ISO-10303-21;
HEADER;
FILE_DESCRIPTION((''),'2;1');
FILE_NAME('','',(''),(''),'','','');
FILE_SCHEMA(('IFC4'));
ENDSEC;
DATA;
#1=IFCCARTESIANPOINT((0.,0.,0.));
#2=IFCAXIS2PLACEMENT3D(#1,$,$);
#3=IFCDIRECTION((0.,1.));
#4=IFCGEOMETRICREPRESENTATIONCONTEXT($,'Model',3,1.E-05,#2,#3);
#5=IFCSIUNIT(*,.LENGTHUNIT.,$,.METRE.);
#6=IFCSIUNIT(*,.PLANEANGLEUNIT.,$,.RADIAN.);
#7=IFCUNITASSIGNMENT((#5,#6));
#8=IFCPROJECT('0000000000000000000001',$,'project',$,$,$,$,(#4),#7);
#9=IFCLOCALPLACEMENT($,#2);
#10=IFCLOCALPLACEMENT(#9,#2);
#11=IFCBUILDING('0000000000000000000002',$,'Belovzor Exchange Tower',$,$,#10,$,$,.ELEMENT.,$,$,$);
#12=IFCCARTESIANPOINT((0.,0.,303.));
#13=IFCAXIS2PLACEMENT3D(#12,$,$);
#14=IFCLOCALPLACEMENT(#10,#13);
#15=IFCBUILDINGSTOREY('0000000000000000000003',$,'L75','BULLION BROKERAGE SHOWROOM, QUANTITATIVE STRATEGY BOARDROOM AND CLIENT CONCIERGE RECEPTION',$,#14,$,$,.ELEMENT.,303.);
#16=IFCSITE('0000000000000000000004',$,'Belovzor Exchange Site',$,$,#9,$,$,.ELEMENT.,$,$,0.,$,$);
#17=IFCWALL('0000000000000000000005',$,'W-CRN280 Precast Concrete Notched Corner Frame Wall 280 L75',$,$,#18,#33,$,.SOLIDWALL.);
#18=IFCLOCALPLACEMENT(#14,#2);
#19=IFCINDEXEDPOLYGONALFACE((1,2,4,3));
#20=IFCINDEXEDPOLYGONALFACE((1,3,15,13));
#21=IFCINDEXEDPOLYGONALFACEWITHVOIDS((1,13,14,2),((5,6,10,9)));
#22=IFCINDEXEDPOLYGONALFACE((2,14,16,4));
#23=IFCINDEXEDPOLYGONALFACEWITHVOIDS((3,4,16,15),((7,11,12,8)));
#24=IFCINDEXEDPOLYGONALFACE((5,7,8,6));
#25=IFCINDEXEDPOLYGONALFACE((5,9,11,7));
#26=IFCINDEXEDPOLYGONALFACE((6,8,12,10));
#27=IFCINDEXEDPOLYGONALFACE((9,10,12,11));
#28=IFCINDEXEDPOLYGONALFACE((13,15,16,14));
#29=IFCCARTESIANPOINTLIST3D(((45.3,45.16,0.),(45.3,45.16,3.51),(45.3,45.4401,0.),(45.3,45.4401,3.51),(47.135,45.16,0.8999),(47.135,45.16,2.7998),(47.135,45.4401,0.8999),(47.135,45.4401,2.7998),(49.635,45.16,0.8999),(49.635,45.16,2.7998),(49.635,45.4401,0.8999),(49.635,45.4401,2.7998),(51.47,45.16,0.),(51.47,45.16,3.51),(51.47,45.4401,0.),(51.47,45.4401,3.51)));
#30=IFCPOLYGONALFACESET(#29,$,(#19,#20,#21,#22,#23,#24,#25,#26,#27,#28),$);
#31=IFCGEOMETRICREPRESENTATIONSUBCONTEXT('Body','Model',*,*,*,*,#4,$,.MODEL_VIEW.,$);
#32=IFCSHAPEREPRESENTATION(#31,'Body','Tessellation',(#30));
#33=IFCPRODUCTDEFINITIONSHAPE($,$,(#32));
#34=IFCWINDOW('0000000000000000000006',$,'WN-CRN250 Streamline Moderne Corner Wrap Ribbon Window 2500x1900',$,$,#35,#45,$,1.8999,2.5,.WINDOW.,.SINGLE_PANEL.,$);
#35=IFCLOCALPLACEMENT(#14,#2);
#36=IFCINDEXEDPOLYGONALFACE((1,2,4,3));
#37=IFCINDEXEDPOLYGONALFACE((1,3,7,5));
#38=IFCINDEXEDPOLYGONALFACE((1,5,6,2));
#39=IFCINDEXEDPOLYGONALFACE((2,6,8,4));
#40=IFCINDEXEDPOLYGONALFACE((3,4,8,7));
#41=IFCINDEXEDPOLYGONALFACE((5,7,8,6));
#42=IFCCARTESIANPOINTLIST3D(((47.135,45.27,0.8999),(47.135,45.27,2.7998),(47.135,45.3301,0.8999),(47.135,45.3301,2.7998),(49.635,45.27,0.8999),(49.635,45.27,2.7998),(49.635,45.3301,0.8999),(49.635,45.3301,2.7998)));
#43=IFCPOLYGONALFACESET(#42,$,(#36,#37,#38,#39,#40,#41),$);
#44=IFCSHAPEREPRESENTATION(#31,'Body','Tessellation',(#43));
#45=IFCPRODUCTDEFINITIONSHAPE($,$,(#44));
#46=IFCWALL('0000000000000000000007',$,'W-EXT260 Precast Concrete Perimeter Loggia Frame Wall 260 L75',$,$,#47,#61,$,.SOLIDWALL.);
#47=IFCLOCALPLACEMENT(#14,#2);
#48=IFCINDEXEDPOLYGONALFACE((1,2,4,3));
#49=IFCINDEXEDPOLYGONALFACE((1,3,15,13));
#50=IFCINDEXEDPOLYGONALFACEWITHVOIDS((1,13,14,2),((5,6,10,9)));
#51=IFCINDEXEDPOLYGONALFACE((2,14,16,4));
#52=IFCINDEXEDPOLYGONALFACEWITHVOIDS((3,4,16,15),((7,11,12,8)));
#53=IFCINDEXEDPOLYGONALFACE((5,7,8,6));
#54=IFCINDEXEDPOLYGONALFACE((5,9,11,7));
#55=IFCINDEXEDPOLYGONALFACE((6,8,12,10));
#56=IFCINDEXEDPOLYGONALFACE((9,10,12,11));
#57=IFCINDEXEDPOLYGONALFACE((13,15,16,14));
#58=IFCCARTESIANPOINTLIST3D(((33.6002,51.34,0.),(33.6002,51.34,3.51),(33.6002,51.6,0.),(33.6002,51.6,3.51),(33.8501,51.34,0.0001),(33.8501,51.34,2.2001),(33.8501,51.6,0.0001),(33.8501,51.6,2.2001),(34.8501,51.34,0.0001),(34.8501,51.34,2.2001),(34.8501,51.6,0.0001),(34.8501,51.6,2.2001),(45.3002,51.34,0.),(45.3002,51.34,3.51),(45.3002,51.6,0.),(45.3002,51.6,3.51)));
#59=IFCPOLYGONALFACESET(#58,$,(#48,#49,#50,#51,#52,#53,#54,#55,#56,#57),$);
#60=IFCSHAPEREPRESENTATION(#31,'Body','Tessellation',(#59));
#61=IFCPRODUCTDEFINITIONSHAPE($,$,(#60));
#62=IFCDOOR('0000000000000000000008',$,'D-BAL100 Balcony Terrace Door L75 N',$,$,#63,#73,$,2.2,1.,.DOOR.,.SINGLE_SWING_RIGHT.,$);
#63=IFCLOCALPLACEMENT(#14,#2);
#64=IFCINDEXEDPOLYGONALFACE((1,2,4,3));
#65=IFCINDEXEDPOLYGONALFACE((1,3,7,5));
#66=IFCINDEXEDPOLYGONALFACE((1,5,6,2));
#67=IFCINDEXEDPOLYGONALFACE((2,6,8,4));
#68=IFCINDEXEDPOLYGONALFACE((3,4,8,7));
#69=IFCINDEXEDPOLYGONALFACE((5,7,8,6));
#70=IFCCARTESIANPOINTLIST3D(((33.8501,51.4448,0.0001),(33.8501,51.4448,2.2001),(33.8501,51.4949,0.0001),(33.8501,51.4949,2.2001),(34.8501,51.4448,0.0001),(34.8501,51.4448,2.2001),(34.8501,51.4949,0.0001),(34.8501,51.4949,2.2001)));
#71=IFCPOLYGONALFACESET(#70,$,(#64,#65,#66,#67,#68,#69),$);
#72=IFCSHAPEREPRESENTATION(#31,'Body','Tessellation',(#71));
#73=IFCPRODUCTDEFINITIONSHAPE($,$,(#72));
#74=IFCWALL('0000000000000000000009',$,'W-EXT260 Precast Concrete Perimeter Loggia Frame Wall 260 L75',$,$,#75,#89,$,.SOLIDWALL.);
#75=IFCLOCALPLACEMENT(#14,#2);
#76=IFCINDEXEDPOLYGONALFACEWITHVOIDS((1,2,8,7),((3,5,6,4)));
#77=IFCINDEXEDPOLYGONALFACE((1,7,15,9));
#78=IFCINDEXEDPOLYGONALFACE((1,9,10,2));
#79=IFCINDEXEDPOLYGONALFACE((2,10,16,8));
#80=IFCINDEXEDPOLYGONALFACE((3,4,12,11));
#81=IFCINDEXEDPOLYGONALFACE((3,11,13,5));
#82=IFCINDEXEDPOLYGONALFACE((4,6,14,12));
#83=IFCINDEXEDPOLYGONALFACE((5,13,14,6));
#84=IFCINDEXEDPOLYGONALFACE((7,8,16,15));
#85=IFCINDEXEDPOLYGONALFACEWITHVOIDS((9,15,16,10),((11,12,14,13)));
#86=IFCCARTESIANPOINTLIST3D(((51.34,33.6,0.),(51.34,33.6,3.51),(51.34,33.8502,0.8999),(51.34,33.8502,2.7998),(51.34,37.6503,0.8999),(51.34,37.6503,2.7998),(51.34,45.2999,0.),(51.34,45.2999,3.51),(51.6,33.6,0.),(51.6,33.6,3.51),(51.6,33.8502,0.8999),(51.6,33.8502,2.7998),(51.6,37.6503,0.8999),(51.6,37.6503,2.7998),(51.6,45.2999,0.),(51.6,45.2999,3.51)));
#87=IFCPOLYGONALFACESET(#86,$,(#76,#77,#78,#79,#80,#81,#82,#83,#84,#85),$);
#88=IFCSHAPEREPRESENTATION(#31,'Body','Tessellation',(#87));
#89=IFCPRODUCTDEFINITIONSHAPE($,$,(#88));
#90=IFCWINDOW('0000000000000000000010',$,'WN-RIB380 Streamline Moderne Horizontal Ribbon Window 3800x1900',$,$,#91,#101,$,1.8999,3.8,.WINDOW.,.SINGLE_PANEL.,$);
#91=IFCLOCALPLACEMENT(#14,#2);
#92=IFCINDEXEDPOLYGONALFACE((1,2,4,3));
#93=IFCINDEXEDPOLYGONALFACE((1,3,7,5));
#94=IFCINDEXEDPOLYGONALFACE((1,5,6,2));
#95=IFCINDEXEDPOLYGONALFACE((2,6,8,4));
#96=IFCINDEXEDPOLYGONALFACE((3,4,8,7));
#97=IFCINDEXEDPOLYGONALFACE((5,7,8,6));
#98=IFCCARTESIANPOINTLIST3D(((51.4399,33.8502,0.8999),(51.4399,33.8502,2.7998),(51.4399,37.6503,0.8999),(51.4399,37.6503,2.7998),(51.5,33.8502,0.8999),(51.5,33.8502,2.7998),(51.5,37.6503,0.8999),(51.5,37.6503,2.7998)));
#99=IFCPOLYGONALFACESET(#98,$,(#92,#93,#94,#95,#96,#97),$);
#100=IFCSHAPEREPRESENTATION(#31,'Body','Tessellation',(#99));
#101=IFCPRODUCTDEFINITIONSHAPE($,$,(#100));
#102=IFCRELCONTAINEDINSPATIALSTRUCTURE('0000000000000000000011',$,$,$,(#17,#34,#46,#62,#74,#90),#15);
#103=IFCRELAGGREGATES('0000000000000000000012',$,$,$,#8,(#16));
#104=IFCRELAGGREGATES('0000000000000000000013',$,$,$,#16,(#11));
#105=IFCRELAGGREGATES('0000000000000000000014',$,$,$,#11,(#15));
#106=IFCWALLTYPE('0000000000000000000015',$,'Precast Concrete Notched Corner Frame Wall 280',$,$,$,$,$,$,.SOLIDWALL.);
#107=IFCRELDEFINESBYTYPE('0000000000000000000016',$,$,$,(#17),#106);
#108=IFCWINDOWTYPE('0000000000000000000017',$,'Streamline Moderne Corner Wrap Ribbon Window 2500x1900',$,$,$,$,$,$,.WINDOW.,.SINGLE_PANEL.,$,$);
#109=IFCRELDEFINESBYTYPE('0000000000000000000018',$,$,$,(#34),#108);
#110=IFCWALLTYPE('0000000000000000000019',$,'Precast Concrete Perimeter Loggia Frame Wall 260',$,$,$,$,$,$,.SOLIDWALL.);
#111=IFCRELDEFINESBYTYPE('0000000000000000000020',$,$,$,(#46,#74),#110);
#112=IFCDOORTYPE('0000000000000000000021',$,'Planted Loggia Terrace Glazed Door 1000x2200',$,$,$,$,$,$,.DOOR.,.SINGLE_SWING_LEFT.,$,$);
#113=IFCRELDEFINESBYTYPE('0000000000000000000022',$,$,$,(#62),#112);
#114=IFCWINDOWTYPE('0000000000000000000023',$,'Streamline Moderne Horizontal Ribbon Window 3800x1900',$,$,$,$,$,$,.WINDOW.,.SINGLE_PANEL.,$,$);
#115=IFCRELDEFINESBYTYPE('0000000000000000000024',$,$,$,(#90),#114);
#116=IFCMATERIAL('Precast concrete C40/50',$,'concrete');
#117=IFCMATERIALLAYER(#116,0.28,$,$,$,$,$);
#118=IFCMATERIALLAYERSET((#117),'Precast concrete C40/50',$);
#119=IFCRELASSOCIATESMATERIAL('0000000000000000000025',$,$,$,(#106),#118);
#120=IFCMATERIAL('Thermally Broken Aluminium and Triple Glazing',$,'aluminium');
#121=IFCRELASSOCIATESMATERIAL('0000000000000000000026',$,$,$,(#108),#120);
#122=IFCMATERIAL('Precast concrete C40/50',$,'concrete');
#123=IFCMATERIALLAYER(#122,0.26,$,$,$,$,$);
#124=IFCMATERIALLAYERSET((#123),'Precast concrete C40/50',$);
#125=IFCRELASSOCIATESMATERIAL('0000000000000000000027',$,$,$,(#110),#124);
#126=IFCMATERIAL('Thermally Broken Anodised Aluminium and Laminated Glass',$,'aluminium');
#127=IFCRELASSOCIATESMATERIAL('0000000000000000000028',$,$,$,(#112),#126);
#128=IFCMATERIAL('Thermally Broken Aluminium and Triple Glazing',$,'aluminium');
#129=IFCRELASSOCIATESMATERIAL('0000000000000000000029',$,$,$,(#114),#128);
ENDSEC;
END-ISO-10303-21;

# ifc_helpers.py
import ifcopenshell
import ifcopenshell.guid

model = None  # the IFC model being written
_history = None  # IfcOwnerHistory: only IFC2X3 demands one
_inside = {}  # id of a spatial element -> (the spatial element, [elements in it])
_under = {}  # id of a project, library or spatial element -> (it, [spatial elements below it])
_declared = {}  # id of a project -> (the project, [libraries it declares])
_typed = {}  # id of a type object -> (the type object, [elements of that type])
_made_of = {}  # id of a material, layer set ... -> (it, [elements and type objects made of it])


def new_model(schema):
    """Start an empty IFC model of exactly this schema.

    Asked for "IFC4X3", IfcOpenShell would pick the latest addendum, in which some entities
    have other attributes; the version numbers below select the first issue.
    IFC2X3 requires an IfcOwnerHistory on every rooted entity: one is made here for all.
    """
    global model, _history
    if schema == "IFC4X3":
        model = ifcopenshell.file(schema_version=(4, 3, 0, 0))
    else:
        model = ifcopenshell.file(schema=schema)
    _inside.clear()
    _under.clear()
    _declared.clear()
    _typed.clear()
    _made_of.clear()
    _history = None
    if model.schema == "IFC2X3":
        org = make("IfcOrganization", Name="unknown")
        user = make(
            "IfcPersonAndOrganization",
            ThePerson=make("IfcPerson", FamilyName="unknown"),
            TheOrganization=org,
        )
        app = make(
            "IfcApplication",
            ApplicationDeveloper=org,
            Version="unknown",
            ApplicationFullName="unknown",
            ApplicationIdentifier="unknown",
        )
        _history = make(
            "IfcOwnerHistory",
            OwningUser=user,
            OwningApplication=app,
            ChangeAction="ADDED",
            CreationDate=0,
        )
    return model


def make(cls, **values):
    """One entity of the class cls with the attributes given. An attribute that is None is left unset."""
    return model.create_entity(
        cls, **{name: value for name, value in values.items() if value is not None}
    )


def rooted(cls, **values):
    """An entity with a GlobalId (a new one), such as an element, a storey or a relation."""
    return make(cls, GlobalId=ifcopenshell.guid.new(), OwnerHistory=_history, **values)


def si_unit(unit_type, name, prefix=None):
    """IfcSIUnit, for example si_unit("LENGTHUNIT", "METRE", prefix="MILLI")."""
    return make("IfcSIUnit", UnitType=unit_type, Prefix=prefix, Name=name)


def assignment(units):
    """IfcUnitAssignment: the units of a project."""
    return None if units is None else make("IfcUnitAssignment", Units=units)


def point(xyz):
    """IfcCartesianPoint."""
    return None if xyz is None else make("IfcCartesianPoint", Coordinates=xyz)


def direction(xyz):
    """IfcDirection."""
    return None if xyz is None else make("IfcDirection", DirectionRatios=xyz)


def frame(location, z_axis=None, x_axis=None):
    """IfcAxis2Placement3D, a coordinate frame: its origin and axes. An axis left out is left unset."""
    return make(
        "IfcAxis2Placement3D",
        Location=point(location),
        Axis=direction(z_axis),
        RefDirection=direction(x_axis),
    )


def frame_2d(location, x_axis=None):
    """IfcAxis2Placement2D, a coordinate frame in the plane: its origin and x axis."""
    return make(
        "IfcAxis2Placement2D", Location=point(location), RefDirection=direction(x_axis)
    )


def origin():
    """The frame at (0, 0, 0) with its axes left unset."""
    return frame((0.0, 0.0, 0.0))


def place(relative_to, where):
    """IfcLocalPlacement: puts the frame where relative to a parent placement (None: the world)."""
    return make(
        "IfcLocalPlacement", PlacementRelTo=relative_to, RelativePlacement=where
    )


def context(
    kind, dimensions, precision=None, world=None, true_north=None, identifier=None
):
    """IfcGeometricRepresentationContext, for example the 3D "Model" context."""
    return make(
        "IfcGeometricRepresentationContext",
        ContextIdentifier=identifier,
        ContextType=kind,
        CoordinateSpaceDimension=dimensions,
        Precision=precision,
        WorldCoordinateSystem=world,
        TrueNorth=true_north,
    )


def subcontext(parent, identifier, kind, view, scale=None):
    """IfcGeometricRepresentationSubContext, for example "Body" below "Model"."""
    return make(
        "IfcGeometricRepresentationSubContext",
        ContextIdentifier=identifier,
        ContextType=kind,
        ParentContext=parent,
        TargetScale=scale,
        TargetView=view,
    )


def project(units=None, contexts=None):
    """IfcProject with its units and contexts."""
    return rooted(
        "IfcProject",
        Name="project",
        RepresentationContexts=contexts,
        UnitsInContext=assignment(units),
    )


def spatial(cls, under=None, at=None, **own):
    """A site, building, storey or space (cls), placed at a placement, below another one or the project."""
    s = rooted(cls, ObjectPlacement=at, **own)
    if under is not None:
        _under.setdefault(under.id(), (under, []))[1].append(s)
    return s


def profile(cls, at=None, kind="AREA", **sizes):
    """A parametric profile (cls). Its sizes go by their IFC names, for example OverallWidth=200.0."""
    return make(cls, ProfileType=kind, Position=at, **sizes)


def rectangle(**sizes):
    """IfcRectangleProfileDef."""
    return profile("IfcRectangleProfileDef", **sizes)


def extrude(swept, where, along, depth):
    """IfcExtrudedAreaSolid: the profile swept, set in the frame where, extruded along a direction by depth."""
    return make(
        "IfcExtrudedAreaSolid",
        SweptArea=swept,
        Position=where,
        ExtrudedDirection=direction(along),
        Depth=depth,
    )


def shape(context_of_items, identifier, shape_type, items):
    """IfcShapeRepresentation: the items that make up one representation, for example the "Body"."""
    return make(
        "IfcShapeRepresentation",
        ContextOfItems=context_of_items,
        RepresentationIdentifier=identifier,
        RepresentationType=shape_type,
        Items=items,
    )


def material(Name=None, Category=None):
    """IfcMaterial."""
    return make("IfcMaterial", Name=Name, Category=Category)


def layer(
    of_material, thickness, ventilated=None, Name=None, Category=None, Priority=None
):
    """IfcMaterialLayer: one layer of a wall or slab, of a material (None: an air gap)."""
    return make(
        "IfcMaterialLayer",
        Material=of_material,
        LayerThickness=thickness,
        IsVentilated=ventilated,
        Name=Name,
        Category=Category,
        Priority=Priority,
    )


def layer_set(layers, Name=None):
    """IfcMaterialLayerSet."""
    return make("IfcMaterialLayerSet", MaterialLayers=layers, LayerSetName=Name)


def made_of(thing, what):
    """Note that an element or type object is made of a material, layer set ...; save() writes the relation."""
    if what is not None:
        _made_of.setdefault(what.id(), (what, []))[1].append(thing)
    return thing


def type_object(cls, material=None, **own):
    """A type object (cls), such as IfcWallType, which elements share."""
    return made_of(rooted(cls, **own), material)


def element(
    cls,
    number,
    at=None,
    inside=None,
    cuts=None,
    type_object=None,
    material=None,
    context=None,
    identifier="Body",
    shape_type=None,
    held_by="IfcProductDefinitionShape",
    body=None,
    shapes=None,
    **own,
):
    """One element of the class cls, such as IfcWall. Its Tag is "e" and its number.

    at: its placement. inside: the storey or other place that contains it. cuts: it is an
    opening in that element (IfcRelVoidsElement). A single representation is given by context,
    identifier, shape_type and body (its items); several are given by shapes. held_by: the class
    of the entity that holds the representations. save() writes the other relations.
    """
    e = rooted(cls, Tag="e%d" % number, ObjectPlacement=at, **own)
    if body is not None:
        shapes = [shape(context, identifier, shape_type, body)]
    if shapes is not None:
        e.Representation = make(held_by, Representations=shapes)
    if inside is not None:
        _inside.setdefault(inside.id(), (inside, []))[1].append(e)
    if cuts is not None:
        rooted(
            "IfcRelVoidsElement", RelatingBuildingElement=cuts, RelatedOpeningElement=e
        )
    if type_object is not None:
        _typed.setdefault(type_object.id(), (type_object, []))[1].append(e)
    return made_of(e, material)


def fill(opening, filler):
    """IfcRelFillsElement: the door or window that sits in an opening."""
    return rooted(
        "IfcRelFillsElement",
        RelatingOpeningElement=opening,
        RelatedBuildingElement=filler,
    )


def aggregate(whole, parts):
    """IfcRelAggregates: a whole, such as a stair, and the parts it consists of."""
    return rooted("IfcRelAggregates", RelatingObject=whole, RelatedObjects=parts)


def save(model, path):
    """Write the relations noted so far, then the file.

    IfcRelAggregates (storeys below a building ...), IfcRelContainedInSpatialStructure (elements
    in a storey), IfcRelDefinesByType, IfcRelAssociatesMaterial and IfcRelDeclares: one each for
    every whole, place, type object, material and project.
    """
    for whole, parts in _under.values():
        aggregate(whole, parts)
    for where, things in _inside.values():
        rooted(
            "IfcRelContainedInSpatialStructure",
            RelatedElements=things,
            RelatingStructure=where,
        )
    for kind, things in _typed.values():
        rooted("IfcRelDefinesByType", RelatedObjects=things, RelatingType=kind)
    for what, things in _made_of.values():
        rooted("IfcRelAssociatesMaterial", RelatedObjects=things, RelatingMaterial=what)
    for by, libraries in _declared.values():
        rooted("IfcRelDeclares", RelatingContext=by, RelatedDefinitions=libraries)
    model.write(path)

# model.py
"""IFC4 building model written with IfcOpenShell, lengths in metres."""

from ifc_helpers import new_model, si_unit, direction, frame, frame_2d, origin, place, context, subcontext, project, spatial, rectangle, extrude, material, layer, layer_set, type_object, element, fill, save


model = new_model("IFC4")

# Units and contexts
model_context = context("Model", 3, precision=1e-05, world=origin(), true_north=direction((0.0, 1.0)))
body_context = subcontext(model_context, "Body", "Model", "MODEL_VIEW")
ifc_project = project(units=[si_unit("LENGTHUNIT", "METRE"), si_unit("PLANEANGLEUNIT", "RADIAN")], contexts=[model_context])

# Site, building, storey
site_placement = place(None, origin())
site = spatial("IfcSite", under=ifc_project, at=site_placement, Name="Belovzor Exchange Site", CompositionType="ELEMENT", RefElevation=0.0)
building_placement = place(site_placement, origin())
building = spatial("IfcBuilding", under=site, at=building_placement, Name="Belovzor Exchange Tower", CompositionType="ELEMENT")
storey_placement = place(building_placement, frame((0.0, 0.0, 303.0)))
storey = spatial("IfcBuildingStorey", under=building, at=storey_placement, Name="L75", Description="BULLION BROKERAGE SHOWROOM, QUANTITATIVE STRATEGY BOARDROOM AND CLIENT CONCIERGE RECEPTION", CompositionType="ELEMENT", Elevation=303.0)

# Wall, opening, window
ifc_material_1 = material(Name="Precast concrete C40/50", Category="concrete")
ifc_layer_1 = layer(ifc_material_1, 0.28)
ifc_layer_set_1 = layer_set([ifc_layer_1], Name="Precast concrete C40/50")
wall_type_1 = type_object("IfcWallType", Name="Precast Concrete Notched Corner Frame Wall 280", PredefinedType="SOLIDWALL", material=ifc_layer_set_1)
ifc_material_2 = material(Name="Thermally Broken Aluminium and Triple Glazing", Category="aluminium")
window_type_1 = type_object("IfcWindowType", Name="Streamline Moderne Corner Wrap Ribbon Window 2500x1900", PartitioningType="SINGLE_PANEL", PredefinedType="WINDOW", material=ifc_material_2)
wall_1_placement = place(storey_placement, frame((45.3, 45.3, 0.0), z_axis=(0.0, 0.0, 1.0), x_axis=(1.0, 0.0, 0.0)))
wall_1 = element("IfcWall", 1, at=wall_1_placement, inside=storey, type_object=wall_type_1, Name="W-CRN280 Precast Concrete Notched Corner Frame Wall 280 L75", PredefinedType="SOLIDWALL", context=body_context, shape_type="SweptSolid", body=[
    extrude(rectangle(XDim=6.1699, YDim=0.28, at=frame_2d((3.085, 0.0))), origin(), (0.0, 0.0, 1.0), 3.51),
])
opening_1_placement = place(wall_1_placement, frame((1.835, 0.0, 0.8999)))
opening_1 = element("IfcOpeningElement", 2, at=opening_1_placement, cuts=wall_1, PredefinedType="OPENING", context=body_context, shape_type="SweptSolid", body=[
    extrude(rectangle(XDim=2.5, YDim=1.8999, at=frame_2d((1.25, 0.95))), frame((0.0, 0.1499, 0.0), z_axis=(0.0, -1.0, 0.0), x_axis=(1.0, 0.0, 0.0)), (0.0, 0.0, 1.0), 0.3),
])
window_1_placement = place(opening_1_placement, origin())
window_1 = element("IfcWindow", 3, at=window_1_placement, inside=storey, type_object=window_type_1, Name="WN-CRN250 Streamline Moderne Corner Wrap Ribbon Window 2500x1900", OverallHeight=1.8999, OverallWidth=2.5, PartitioningType="SINGLE_PANEL", PredefinedType="WINDOW", context=body_context, shape_type="SweptSolid", body=[
    extrude(rectangle(XDim=2.5, YDim=1.8999, at=frame_2d((1.25, 0.95))), frame((0.0, 0.03, 0.0), z_axis=(0.0, -1.0, 0.0), x_axis=(1.0, 0.0, 0.0)), (0.0, 0.0, 1.0), 0.0601),
])
fill(opening_1, window_1)

# Wall, opening, door
ifc_material_3 = material(Name="Precast concrete C40/50", Category="concrete")
ifc_layer_2 = layer(ifc_material_3, 0.26)
ifc_layer_set_2 = layer_set([ifc_layer_2], Name="Precast concrete C40/50")
wall_type_2 = type_object("IfcWallType", Name="Precast Concrete Perimeter Loggia Frame Wall 260", PredefinedType="SOLIDWALL", material=ifc_layer_set_2)
wall_2_placement = place(storey_placement, frame((33.6001, 51.47, 0.0), z_axis=(0.0, 0.0, 1.0), x_axis=(1.0, 0.0, 0.0)))
wall_2 = element("IfcWall", 4, at=wall_2_placement, inside=storey, type_object=wall_type_2, Name="W-EXT260 Precast Concrete Perimeter Loggia Frame Wall 260 L75", PredefinedType="SOLIDWALL", context=body_context, shape_type="SweptSolid", body=[
    extrude(rectangle(XDim=11.7, YDim=0.26, at=frame_2d((5.8501, 0.0))), origin(), (0.0, 0.0, 1.0), 3.51),
])
opening_2_placement = place(wall_2_placement, frame((0.25, 0.0, 0.0)))
opening_2 = element("IfcOpeningElement", 5, at=opening_2_placement, cuts=wall_2, PredefinedType="OPENING", context=body_context, shape_type="SweptSolid", body=[
    extrude(rectangle(XDim=1.0, YDim=2.2, at=frame_2d((0.5, 1.1001))), frame((0.0, 0.1399, 0.0), z_axis=(0.0, -1.0, 0.0), x_axis=(1.0, 0.0, 0.0)), (0.0, 0.0, 1.0), 0.28),
])
ifc_material_4 = material(Name="Thermally Broken Anodised Aluminium and Laminated Glass", Category="aluminium")
door_type = type_object("IfcDoorType", Name="Planted Loggia Terrace Glazed Door 1000x2200", OperationType="SINGLE_SWING_LEFT", PredefinedType="DOOR", material=ifc_material_4)
door_placement = place(opening_2_placement, origin())
door = element("IfcDoor", 6, at=door_placement, inside=storey, type_object=door_type, Name="D-BAL100 Balcony Terrace Door L75 N", OperationType="SINGLE_SWING_RIGHT", OverallHeight=2.2, OverallWidth=1.0, PredefinedType="DOOR", context=body_context, shape_type="SweptSolid", body=[
    extrude(rectangle(XDim=1.0, YDim=2.2, at=frame_2d((0.5, 1.1001))), frame((0.0, 0.0249, 0.0), z_axis=(0.0, -1.0, 0.0), x_axis=(1.0, 0.0, 0.0)), (0.0, 0.0, 1.0), 0.05),
])
fill(opening_2, door)

# Wall, opening, window
wall_3_placement = place(storey_placement, frame((51.47, 45.3, 0.0), z_axis=(0.0, 0.0, 1.0), x_axis=(0.0, -1.0, 0.0)))
wall_3 = element("IfcWall", 7, at=wall_3_placement, inside=storey, type_object=wall_type_2, Name="W-EXT260 Precast Concrete Perimeter Loggia Frame Wall 260 L75", PredefinedType="SOLIDWALL", context=body_context, shape_type="SweptSolid", body=[
    extrude(rectangle(XDim=11.7, YDim=0.26, at=frame_2d((5.8501, 0.0))), origin(), (0.0, 0.0, 1.0), 3.51),
])
opening_3_placement = place(wall_3_placement, frame((7.6499, 0.0, 0.8999)))
opening_3 = element("IfcOpeningElement", 8, at=opening_3_placement, cuts=wall_3, PredefinedType="OPENING", context=body_context, shape_type="SweptSolid", body=[
    extrude(rectangle(XDim=3.8, YDim=1.8999, at=frame_2d((1.8999, 0.95))), frame((0.0, 0.1399, 0.0), z_axis=(0.0, -1.0, 0.0), x_axis=(1.0, 0.0, 0.0)), (0.0, 0.0, 1.0), 0.28),
])
ifc_material_5 = material(Name="Thermally Broken Aluminium and Triple Glazing", Category="aluminium")
window_type_2 = type_object("IfcWindowType", Name="Streamline Moderne Horizontal Ribbon Window 3800x1900", PartitioningType="SINGLE_PANEL", PredefinedType="WINDOW", material=ifc_material_5)
window_2_placement = place(opening_3_placement, origin())
window_2 = element("IfcWindow", 9, at=window_2_placement, inside=storey, type_object=window_type_2, Name="WN-RIB380 Streamline Moderne Horizontal Ribbon Window 3800x1900", OverallHeight=1.8999, OverallWidth=3.8, PartitioningType="SINGLE_PANEL", PredefinedType="WINDOW", context=body_context, shape_type="SweptSolid", body=[
    extrude(rectangle(XDim=3.8, YDim=1.8999, at=frame_2d((1.8999, 0.95))), frame((0.0, 0.03, 0.0), z_axis=(0.0, -1.0, 0.0), x_axis=(1.0, 0.0, 0.0)), (0.0, 0.0, 1.0), 0.0601),
])
fill(opening_3, window_2)

save(model, "model.ifc")
